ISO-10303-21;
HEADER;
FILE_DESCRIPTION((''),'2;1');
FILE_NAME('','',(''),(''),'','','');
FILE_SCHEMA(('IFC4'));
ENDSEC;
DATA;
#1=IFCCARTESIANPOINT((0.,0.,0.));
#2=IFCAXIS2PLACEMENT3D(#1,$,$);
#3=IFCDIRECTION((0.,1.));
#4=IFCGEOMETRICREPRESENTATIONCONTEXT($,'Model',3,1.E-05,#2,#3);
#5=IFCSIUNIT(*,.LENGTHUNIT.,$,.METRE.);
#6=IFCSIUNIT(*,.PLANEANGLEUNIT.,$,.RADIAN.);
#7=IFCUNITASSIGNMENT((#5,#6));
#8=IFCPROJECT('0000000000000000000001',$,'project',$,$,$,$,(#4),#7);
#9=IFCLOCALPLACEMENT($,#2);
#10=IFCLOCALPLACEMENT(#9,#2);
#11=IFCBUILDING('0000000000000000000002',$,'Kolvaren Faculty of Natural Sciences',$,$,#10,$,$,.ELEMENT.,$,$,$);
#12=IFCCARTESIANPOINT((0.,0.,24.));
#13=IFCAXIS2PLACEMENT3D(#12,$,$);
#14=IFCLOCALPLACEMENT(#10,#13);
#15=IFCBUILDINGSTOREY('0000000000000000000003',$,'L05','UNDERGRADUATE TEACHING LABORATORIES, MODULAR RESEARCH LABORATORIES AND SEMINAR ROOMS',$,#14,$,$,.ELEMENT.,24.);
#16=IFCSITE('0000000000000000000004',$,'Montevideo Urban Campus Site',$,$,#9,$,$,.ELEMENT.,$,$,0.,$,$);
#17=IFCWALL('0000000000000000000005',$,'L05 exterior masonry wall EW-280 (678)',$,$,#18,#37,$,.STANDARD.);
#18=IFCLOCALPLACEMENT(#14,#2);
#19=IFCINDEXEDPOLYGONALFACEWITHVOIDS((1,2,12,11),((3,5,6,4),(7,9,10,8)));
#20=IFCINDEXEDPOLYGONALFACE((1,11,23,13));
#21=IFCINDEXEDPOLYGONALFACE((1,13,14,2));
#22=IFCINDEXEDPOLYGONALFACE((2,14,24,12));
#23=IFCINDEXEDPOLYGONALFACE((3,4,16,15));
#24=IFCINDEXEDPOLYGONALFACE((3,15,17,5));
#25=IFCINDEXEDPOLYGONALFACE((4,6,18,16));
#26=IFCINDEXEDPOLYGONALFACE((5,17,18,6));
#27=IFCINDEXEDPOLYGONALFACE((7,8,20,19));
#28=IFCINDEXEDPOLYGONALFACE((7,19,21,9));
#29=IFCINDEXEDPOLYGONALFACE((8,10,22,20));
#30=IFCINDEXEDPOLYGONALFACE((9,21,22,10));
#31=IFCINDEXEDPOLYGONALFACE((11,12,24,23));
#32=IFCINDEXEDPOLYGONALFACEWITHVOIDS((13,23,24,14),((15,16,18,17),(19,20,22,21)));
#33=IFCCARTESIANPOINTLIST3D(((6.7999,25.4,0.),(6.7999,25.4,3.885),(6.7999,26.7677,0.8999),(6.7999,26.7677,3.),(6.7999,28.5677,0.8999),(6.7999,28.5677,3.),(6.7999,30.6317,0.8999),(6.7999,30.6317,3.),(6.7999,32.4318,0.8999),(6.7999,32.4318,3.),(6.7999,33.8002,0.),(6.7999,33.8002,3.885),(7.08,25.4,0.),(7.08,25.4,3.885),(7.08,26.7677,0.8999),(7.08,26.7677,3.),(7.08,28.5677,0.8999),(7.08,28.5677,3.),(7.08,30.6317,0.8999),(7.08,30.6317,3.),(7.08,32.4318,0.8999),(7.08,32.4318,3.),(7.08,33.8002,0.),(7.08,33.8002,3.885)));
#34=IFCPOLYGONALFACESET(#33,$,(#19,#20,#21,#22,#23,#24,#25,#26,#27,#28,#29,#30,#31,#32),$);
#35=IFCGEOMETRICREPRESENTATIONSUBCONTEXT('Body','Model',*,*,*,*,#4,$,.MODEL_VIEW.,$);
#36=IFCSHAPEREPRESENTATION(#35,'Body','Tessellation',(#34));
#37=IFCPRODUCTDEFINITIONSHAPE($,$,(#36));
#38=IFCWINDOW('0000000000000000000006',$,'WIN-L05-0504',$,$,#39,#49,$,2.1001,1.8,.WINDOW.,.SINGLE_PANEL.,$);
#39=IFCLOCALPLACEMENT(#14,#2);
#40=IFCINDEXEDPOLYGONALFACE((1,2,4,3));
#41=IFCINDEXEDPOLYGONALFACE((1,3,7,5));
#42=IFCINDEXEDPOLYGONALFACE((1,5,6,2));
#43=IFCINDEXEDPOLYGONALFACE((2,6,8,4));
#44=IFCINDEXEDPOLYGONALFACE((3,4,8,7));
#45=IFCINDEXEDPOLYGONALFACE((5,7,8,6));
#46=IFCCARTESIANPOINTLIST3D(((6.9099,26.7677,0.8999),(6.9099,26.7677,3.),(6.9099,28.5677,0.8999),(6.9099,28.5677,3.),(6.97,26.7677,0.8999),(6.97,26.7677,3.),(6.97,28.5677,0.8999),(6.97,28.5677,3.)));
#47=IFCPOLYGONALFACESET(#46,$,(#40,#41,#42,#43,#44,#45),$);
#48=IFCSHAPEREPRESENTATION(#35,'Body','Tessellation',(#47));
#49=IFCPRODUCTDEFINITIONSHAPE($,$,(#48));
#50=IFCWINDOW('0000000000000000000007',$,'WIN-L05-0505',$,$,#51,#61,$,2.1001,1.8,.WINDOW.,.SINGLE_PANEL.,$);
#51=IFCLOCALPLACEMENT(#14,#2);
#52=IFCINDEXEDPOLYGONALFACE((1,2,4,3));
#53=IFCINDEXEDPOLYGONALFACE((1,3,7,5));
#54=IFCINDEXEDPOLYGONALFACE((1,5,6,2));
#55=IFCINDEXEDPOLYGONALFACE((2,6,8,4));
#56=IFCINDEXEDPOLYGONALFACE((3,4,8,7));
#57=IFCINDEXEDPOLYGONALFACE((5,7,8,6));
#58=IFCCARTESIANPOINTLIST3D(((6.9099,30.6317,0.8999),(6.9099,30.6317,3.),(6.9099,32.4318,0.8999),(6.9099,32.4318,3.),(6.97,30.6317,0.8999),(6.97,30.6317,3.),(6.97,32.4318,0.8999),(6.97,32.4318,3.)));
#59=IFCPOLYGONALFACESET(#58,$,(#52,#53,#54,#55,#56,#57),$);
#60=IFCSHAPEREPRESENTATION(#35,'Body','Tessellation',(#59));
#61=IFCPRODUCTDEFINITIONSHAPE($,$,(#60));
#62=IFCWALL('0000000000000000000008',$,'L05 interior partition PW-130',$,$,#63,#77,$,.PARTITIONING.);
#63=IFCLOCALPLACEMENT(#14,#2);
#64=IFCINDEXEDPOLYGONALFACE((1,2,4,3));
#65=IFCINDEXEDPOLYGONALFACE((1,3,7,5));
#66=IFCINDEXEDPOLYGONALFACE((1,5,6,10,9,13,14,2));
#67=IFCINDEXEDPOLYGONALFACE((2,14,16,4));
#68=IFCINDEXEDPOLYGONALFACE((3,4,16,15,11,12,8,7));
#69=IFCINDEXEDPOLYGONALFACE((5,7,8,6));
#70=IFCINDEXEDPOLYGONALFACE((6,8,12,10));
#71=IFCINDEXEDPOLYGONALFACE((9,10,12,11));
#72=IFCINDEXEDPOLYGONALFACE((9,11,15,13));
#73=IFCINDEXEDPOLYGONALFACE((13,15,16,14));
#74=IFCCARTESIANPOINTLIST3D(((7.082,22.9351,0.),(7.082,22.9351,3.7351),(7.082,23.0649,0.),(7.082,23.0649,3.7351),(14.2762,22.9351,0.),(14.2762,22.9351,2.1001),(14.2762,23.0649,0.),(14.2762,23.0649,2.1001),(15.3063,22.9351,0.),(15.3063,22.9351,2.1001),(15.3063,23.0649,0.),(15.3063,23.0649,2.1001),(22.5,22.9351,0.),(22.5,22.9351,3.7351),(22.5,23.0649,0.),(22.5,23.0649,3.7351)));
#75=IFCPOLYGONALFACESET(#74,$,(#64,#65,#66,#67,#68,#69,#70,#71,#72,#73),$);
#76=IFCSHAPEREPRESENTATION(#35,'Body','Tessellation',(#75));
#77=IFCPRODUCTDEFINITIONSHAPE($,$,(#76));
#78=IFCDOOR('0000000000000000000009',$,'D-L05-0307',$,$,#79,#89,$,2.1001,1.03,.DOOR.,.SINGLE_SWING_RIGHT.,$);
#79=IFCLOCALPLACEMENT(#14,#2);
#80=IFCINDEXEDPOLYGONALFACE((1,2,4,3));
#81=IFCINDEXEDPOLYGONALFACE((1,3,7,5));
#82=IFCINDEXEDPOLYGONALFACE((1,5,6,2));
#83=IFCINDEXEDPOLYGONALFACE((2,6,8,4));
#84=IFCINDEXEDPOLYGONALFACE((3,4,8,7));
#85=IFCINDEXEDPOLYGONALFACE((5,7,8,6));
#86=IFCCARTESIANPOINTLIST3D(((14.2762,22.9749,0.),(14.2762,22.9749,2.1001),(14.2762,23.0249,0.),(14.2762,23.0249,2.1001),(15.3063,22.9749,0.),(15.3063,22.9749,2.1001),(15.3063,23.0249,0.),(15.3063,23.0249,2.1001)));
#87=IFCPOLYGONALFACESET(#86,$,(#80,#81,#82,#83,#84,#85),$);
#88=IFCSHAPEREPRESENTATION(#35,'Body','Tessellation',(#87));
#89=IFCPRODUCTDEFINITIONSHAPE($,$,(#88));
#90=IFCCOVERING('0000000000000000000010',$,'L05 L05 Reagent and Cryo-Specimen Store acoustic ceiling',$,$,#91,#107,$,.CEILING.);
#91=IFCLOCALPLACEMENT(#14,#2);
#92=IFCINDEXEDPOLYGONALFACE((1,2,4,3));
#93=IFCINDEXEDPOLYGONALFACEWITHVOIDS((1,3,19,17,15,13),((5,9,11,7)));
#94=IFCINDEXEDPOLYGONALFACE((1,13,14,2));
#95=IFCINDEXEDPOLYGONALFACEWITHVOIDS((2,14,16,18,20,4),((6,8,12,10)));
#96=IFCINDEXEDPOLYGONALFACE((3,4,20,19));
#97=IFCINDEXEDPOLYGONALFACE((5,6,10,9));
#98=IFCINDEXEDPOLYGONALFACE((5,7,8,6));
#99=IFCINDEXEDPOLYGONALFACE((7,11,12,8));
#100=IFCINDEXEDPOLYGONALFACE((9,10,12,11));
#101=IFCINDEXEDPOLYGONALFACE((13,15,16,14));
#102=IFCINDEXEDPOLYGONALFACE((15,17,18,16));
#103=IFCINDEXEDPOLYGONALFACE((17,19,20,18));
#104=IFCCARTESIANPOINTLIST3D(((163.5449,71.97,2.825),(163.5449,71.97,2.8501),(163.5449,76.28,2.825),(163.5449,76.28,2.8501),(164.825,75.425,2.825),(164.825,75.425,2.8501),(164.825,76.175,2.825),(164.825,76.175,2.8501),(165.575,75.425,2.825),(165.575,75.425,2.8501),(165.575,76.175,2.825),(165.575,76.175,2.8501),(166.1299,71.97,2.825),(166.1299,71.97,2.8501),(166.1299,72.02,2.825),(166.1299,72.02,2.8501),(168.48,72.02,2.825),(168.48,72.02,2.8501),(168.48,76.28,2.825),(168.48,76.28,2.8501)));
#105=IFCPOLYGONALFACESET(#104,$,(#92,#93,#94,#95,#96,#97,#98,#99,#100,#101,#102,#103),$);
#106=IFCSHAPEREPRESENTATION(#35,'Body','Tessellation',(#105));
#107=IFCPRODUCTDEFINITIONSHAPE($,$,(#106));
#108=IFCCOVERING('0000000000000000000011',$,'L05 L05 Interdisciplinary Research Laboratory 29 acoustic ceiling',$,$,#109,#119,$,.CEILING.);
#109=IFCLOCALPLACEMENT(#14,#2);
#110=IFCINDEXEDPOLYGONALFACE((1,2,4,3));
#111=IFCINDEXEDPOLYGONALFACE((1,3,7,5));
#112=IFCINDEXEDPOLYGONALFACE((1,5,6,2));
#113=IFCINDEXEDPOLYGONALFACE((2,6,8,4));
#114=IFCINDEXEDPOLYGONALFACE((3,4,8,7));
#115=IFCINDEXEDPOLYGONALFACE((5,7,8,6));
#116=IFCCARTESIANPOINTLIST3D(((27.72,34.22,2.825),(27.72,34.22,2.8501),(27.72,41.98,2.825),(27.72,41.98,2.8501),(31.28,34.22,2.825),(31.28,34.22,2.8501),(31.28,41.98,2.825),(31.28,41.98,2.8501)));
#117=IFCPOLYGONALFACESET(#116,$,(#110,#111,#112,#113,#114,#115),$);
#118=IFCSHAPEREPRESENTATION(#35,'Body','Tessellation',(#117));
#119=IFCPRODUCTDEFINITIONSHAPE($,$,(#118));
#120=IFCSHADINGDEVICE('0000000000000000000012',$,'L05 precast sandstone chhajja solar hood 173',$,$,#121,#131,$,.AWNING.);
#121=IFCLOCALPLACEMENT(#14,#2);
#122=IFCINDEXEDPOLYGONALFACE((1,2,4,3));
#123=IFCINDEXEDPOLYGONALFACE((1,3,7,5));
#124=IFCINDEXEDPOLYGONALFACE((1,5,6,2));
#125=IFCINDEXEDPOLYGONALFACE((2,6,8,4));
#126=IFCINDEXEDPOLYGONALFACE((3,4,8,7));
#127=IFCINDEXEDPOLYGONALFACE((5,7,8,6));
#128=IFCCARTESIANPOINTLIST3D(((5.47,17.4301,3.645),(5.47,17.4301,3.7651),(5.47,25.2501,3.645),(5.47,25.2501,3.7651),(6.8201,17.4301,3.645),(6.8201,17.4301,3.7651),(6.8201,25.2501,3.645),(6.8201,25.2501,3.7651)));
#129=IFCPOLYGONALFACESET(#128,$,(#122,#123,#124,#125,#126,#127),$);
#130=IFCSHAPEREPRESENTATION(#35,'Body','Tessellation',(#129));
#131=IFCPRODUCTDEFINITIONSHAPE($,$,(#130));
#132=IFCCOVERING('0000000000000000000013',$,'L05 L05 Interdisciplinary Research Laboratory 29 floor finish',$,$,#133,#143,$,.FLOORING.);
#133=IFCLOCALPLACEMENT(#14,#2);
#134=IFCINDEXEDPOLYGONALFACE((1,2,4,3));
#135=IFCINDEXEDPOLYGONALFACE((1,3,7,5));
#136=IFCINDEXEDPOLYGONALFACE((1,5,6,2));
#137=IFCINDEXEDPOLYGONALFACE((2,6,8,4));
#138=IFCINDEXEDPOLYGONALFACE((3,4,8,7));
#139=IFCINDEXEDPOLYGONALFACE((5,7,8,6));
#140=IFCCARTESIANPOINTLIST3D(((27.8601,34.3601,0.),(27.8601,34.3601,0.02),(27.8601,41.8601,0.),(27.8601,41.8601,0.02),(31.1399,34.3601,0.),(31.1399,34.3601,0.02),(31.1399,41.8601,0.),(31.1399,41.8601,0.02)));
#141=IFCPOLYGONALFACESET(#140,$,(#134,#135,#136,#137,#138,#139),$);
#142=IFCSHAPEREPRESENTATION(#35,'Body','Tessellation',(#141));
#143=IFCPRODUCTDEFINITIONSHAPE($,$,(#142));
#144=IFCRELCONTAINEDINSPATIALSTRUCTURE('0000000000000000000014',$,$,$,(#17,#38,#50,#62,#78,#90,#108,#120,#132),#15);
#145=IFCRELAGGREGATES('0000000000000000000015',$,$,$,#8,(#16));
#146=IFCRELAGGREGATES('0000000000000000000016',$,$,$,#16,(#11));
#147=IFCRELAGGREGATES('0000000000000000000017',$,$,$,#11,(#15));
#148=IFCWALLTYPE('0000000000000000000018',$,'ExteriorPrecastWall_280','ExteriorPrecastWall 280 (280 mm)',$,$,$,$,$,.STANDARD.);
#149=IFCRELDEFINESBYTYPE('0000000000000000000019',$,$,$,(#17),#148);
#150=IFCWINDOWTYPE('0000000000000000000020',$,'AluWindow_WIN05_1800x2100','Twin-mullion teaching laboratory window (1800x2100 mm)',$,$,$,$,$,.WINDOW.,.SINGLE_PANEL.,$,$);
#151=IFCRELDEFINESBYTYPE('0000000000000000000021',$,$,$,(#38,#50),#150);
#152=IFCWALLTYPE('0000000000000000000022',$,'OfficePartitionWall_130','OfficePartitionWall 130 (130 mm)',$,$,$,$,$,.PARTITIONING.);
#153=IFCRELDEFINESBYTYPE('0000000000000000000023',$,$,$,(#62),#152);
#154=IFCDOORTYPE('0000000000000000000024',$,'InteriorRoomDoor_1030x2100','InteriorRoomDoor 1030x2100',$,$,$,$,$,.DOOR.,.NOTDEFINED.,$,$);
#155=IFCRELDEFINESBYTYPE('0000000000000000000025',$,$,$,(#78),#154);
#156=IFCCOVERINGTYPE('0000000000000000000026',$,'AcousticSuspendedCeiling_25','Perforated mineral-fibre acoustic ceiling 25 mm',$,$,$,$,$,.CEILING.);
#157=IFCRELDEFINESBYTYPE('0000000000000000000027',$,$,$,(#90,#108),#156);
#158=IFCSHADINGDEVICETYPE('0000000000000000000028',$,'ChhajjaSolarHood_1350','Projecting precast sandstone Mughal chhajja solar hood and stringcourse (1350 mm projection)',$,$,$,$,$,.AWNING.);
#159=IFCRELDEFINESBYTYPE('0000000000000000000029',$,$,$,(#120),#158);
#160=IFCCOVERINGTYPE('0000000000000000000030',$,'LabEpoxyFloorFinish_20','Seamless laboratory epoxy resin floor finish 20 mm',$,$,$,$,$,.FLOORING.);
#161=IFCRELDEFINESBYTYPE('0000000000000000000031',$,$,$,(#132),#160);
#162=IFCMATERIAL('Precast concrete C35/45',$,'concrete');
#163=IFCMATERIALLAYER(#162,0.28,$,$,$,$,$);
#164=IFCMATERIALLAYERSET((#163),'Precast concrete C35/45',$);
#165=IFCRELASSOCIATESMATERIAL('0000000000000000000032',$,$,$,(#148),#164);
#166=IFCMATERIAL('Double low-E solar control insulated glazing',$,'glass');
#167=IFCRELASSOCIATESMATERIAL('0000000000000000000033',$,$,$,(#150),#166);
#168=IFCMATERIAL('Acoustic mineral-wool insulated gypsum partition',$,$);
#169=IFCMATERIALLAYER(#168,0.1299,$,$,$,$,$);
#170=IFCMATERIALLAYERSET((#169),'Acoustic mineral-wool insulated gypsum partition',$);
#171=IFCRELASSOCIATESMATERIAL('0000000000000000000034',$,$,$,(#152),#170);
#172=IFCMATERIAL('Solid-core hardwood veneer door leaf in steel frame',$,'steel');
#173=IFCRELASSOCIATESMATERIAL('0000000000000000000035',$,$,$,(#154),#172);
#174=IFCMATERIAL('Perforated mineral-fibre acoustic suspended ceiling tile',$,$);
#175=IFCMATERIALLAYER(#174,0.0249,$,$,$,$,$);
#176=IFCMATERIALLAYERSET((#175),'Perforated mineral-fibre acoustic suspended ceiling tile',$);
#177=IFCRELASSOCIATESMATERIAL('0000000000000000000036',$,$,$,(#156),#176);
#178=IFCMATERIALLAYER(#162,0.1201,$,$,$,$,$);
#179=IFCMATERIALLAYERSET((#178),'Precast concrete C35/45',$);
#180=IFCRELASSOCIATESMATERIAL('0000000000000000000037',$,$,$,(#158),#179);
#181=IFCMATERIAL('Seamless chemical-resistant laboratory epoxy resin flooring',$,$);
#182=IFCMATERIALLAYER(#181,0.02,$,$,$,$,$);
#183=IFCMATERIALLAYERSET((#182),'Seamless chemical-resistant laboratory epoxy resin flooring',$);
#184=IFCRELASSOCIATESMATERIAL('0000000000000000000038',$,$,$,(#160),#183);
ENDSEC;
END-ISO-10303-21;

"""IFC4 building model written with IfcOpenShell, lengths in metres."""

from ifc_helpers import new_model, si_unit, direction, frame, frame_2d, origin, origin_2d, place, context, subcontext, project, spatial, polyline, rectangle, outline, extrude, material, layer, layer_set, type_object, element, fill, save


model = new_model("IFC4")

# Units and contexts
model_context = context("Model", 3, precision=1e-05, world=origin(), true_north=direction((0.0, 1.0)))
body_context = subcontext(model_context, "Body", "Model", "MODEL_VIEW")
ifc_project = project(units=[si_unit("LENGTHUNIT", "METRE"), si_unit("PLANEANGLEUNIT", "RADIAN")], contexts=[model_context])

# Site, building, storey
site_placement = place(None, origin())
site = spatial("IfcSite", under=ifc_project, at=site_placement, Name="Montevideo Urban Campus Site", CompositionType="ELEMENT", RefElevation=0.0)
building_placement = place(site_placement, origin())
building = spatial("IfcBuilding", under=site, at=building_placement, Name="Kolvaren Faculty of Natural Sciences", CompositionType="ELEMENT")
storey_placement = place(building_placement, frame((0.0, 0.0, 24.0)))
storey = spatial("IfcBuildingStorey", under=building, at=storey_placement, Name="L05", Description="UNDERGRADUATE TEACHING LABORATORIES, MODULAR RESEARCH LABORATORIES AND SEMINAR ROOMS", CompositionType="ELEMENT", Elevation=24.0)

# Wall, openings, windows
ifc_material_1 = material(Name="Precast concrete C35/45", Category="concrete")
ifc_layer_1 = layer(ifc_material_1, 0.28)
ifc_layer_set_1 = layer_set([ifc_layer_1], Name="Precast concrete C35/45")
wall_type_1 = type_object("IfcWallType", Name="ExteriorPrecastWall_280", Description="ExteriorPrecastWall 280 (280 mm)", PredefinedType="STANDARD", material=ifc_layer_set_1)
ifc_material_2 = material(Name="Double low-E solar control insulated glazing", Category="glass")
wall_1_placement = place(storey_placement, frame((6.9399, 25.3999, 0.0), z_axis=(0.0, 0.0, 1.0), x_axis=(0.0, 1.0, 0.0)))
wall_1 = element("IfcWall", 1, at=wall_1_placement, inside=storey, type_object=wall_type_1, Name="L05 exterior masonry wall EW-280 (678)", PredefinedType="STANDARD", context=body_context, shape_type="SweptSolid", body=[
    extrude(rectangle(XDim=8.4001, YDim=0.28, at=frame_2d((4.2002, 0.0))), origin(), (0.0, 0.0, 1.0), 3.885),
])
opening_1_placement = place(wall_1_placement, frame((1.3679, 0.0, 0.8999)))
opening_1 = element("IfcOpeningElement", 2, at=opening_1_placement, cuts=wall_1, PredefinedType="OPENING", context=body_context, shape_type="SweptSolid", body=[
    extrude(rectangle(XDim=1.8, YDim=2.1001, at=frame_2d((0.8999, 1.05))), frame((0.0, 0.1499, 0.0), z_axis=(0.0, -1.0, 0.0), x_axis=(1.0, 0.0, 0.0)), (0.0, 0.0, 1.0), 0.3),
])
opening_2_placement = place(wall_1_placement, frame((5.2319, 0.0, 0.8999)))
opening_2 = element("IfcOpeningElement", 3, at=opening_2_placement, cuts=wall_1, PredefinedType="OPENING", context=body_context, shape_type="SweptSolid", body=[
    extrude(rectangle(XDim=1.8, YDim=2.1001, at=frame_2d((0.8999, 1.05))), frame((0.0, 0.1499, 0.0), z_axis=(0.0, -1.0, 0.0), x_axis=(1.0, 0.0, 0.0)), (0.0, 0.0, 1.0), 0.3),
])
window_type_1 = type_object("IfcWindowType", Name="AluWindow_WIN05_1800x2100", Description="Twin-mullion teaching laboratory window (1800x2100 mm)", PartitioningType="SINGLE_PANEL", PredefinedType="WINDOW", material=ifc_material_2)
window_1_placement = place(opening_1_placement, origin())
window_1 = element("IfcWindow", 4, at=window_1_placement, inside=storey, type_object=window_type_1, Name="WIN-L05-0504", OverallHeight=2.1001, OverallWidth=1.8, PartitioningType="SINGLE_PANEL", PredefinedType="WINDOW", context=body_context, shape_type="SweptSolid", body=[
    extrude(rectangle(XDim=1.8, YDim=2.1001, at=frame_2d((0.8999, 1.05))), frame((0.0, 0.03, 0.0), z_axis=(0.0, -1.0, 0.0), x_axis=(1.0, 0.0, 0.0)), (0.0, 0.0, 1.0), 0.0601),
])
fill(opening_1, window_1)
window_2_placement = place(opening_2_placement, origin())
window_2 = element("IfcWindow", 5, at=window_2_placement, inside=storey, type_object=window_type_1, Name="WIN-L05-0505", OverallHeight=2.1001, OverallWidth=1.8, PartitioningType="SINGLE_PANEL", PredefinedType="WINDOW", context=body_context, shape_type="SweptSolid", body=[
    extrude(rectangle(XDim=1.8, YDim=2.1001, at=frame_2d((0.8999, 1.05))), frame((0.0, 0.03, 0.0), z_axis=(0.0, -1.0, 0.0), x_axis=(1.0, 0.0, 0.0)), (0.0, 0.0, 1.0), 0.0601),
])
fill(opening_2, window_2)

# Wall, opening, door
ifc_material_3 = material(Name="Acoustic mineral-wool insulated gypsum partition")
ifc_layer_2 = layer(ifc_material_3, 0.1299)
ifc_layer_set_2 = layer_set([ifc_layer_2], Name="Acoustic mineral-wool insulated gypsum partition")
wall_type_2 = type_object("IfcWallType", Name="OfficePartitionWall_130", Description="OfficePartitionWall 130 (130 mm)", PredefinedType="PARTITIONING", material=ifc_layer_set_2)
wall_2_placement = place(storey_placement, frame((7.082, 23.0, 0.0), z_axis=(0.0, 0.0, 1.0), x_axis=(1.0, 0.0, 0.0)))
wall_2 = element("IfcWall", 6, at=wall_2_placement, inside=storey, type_object=wall_type_2, Name="L05 interior partition PW-130", PredefinedType="PARTITIONING", context=body_context, shape_type="SweptSolid", body=[
    extrude(rectangle(XDim=15.418, YDim=0.1299, at=frame_2d((7.709, 0.0))), origin(), (0.0, 0.0, 1.0), 3.7351),
])
opening_3_placement = place(wall_2_placement, frame((7.1941, 0.0, 0.0)))
opening_3 = element("IfcOpeningElement", 7, at=opening_3_placement, cuts=wall_2, PredefinedType="OPENING", context=body_context, shape_type="SweptSolid", body=[
    extrude(rectangle(XDim=1.03, YDim=2.1001, at=frame_2d((0.5151, 1.05))), frame((0.0, 0.075, 0.0), z_axis=(0.0, -1.0, 0.0), x_axis=(1.0, 0.0, 0.0)), (0.0, 0.0, 1.0), 0.1499),
])
ifc_material_4 = material(Name="Solid-core hardwood veneer door leaf in steel frame", Category="steel")
door_type = type_object("IfcDoorType", Name="InteriorRoomDoor_1030x2100", Description="InteriorRoomDoor 1030x2100", OperationType="NOTDEFINED", PredefinedType="DOOR", material=ifc_material_4)
door_placement = place(opening_3_placement, origin())
door = element("IfcDoor", 8, at=door_placement, inside=storey, type_object=door_type, Name="D-L05-0307", OperationType="SINGLE_SWING_RIGHT", OverallHeight=2.1001, OverallWidth=1.03, PredefinedType="DOOR", context=body_context, shape_type="SweptSolid", body=[
    extrude(rectangle(XDim=1.03, YDim=2.1001, at=frame_2d((0.5151, 1.05))), frame((0.0, 0.0249, 0.0), z_axis=(0.0, -1.0, 0.0), x_axis=(1.0, 0.0, 0.0)), (0.0, 0.0, 1.0), 0.05),
])
fill(opening_3, door)

# Coverings
ifc_material_5 = material(Name="Perforated mineral-fibre acoustic suspended ceiling tile")
ifc_layer_3 = layer(ifc_material_5, 0.0249)
ifc_layer_set_3 = layer_set([ifc_layer_3], Name="Perforated mineral-fibre acoustic suspended ceiling tile")
covering_type_1 = type_object("IfcCoveringType", Name="AcousticSuspendedCeiling_25", Description="Perforated mineral-fibre acoustic ceiling 25 mm", PredefinedType="CEILING", material=ifc_layer_set_3)
covering_1_placement = place(storey_placement, frame((0.0, 0.0, 2.825)))
element("IfcCovering", 9, at=covering_1_placement, inside=storey, type_object=covering_type_1, Name="L05 L05 Reagent and Cryo-Specimen Store acoustic ceiling", PredefinedType="CEILING", context=body_context, shape_type="SweptSolid", body=[
    extrude(outline(polyline([(163.5449, 71.97), (163.5449, 76.28), (168.48, 76.28), (168.48, 72.02), (166.1299, 72.02), (166.1299, 71.97), (163.5449, 71.97)]), holes=[polyline([(164.825, 75.425), (165.575, 75.425), (165.575, 76.175), (164.825, 76.175), (164.825, 75.425)])]), origin(), (0.0, 0.0, 1.0), 0.0251),
])
covering_2_placement = place(storey_placement, frame((0.0, 0.0, 2.825)))
element("IfcCovering", 10, at=covering_2_placement, inside=storey, type_object=covering_type_1, Name="L05 L05 Interdisciplinary Research Laboratory 29 acoustic ceiling", PredefinedType="CEILING", context=body_context, shape_type="SweptSolid", body=[
    extrude(outline(polyline([(27.72, 34.22), (27.72, 41.98), (31.28, 41.98), (31.28, 34.22), (27.72, 34.22)])), origin(), (0.0, 0.0, 1.0), 0.0251),
])

# Shading device
ifc_layer_4 = layer(ifc_material_1, 0.1201)
ifc_layer_set_4 = layer_set([ifc_layer_4], Name="Precast concrete C35/45")
shading_device_type = type_object("IfcShadingDeviceType", Name="ChhajjaSolarHood_1350", Description="Projecting precast sandstone Mughal chhajja solar hood and stringcourse (1350 mm projection)", PredefinedType="AWNING", material=ifc_layer_set_4)
shading_device_placement = place(storey_placement, frame((6.145, 21.3401, 3.645), z_axis=(0.0, 0.0, 1.0), x_axis=(0.0, 1.0, 0.0)))
element("IfcShadingDevice", 11, at=shading_device_placement, inside=storey, type_object=shading_device_type, Name="L05 precast sandstone chhajja solar hood 173", PredefinedType="AWNING", context=body_context, shape_type="SweptSolid", body=[
    extrude(rectangle(XDim=7.8201, YDim=1.3501, at=origin_2d()), origin(), (0.0, 0.0, 1.0), 0.1201),
])

# Covering
ifc_material_6 = material(Name="Seamless chemical-resistant laboratory epoxy resin flooring")
ifc_layer_5 = layer(ifc_material_6, 0.02)
ifc_layer_set_5 = layer_set([ifc_layer_5], Name="Seamless chemical-resistant laboratory epoxy resin flooring")
covering_type_2 = type_object("IfcCoveringType", Name="LabEpoxyFloorFinish_20", Description="Seamless laboratory epoxy resin floor finish 20 mm", PredefinedType="FLOORING", material=ifc_layer_set_5)
covering_3_placement = place(storey_placement, origin())
element("IfcCovering", 12, at=covering_3_placement, inside=storey, type_object=covering_type_2, Name="L05 L05 Interdisciplinary Research Laboratory 29 floor finish", PredefinedType="FLOORING", context=body_context, shape_type="SweptSolid", body=[
    extrude(outline(polyline([(31.1399, 34.3601), (27.8601, 34.3601), (27.8601, 41.8601), (31.1399, 41.8601), (31.1399, 34.3601)])), origin(), (0.0, 0.0, 1.0), 0.02),
])

save(model, "model.ifc")
